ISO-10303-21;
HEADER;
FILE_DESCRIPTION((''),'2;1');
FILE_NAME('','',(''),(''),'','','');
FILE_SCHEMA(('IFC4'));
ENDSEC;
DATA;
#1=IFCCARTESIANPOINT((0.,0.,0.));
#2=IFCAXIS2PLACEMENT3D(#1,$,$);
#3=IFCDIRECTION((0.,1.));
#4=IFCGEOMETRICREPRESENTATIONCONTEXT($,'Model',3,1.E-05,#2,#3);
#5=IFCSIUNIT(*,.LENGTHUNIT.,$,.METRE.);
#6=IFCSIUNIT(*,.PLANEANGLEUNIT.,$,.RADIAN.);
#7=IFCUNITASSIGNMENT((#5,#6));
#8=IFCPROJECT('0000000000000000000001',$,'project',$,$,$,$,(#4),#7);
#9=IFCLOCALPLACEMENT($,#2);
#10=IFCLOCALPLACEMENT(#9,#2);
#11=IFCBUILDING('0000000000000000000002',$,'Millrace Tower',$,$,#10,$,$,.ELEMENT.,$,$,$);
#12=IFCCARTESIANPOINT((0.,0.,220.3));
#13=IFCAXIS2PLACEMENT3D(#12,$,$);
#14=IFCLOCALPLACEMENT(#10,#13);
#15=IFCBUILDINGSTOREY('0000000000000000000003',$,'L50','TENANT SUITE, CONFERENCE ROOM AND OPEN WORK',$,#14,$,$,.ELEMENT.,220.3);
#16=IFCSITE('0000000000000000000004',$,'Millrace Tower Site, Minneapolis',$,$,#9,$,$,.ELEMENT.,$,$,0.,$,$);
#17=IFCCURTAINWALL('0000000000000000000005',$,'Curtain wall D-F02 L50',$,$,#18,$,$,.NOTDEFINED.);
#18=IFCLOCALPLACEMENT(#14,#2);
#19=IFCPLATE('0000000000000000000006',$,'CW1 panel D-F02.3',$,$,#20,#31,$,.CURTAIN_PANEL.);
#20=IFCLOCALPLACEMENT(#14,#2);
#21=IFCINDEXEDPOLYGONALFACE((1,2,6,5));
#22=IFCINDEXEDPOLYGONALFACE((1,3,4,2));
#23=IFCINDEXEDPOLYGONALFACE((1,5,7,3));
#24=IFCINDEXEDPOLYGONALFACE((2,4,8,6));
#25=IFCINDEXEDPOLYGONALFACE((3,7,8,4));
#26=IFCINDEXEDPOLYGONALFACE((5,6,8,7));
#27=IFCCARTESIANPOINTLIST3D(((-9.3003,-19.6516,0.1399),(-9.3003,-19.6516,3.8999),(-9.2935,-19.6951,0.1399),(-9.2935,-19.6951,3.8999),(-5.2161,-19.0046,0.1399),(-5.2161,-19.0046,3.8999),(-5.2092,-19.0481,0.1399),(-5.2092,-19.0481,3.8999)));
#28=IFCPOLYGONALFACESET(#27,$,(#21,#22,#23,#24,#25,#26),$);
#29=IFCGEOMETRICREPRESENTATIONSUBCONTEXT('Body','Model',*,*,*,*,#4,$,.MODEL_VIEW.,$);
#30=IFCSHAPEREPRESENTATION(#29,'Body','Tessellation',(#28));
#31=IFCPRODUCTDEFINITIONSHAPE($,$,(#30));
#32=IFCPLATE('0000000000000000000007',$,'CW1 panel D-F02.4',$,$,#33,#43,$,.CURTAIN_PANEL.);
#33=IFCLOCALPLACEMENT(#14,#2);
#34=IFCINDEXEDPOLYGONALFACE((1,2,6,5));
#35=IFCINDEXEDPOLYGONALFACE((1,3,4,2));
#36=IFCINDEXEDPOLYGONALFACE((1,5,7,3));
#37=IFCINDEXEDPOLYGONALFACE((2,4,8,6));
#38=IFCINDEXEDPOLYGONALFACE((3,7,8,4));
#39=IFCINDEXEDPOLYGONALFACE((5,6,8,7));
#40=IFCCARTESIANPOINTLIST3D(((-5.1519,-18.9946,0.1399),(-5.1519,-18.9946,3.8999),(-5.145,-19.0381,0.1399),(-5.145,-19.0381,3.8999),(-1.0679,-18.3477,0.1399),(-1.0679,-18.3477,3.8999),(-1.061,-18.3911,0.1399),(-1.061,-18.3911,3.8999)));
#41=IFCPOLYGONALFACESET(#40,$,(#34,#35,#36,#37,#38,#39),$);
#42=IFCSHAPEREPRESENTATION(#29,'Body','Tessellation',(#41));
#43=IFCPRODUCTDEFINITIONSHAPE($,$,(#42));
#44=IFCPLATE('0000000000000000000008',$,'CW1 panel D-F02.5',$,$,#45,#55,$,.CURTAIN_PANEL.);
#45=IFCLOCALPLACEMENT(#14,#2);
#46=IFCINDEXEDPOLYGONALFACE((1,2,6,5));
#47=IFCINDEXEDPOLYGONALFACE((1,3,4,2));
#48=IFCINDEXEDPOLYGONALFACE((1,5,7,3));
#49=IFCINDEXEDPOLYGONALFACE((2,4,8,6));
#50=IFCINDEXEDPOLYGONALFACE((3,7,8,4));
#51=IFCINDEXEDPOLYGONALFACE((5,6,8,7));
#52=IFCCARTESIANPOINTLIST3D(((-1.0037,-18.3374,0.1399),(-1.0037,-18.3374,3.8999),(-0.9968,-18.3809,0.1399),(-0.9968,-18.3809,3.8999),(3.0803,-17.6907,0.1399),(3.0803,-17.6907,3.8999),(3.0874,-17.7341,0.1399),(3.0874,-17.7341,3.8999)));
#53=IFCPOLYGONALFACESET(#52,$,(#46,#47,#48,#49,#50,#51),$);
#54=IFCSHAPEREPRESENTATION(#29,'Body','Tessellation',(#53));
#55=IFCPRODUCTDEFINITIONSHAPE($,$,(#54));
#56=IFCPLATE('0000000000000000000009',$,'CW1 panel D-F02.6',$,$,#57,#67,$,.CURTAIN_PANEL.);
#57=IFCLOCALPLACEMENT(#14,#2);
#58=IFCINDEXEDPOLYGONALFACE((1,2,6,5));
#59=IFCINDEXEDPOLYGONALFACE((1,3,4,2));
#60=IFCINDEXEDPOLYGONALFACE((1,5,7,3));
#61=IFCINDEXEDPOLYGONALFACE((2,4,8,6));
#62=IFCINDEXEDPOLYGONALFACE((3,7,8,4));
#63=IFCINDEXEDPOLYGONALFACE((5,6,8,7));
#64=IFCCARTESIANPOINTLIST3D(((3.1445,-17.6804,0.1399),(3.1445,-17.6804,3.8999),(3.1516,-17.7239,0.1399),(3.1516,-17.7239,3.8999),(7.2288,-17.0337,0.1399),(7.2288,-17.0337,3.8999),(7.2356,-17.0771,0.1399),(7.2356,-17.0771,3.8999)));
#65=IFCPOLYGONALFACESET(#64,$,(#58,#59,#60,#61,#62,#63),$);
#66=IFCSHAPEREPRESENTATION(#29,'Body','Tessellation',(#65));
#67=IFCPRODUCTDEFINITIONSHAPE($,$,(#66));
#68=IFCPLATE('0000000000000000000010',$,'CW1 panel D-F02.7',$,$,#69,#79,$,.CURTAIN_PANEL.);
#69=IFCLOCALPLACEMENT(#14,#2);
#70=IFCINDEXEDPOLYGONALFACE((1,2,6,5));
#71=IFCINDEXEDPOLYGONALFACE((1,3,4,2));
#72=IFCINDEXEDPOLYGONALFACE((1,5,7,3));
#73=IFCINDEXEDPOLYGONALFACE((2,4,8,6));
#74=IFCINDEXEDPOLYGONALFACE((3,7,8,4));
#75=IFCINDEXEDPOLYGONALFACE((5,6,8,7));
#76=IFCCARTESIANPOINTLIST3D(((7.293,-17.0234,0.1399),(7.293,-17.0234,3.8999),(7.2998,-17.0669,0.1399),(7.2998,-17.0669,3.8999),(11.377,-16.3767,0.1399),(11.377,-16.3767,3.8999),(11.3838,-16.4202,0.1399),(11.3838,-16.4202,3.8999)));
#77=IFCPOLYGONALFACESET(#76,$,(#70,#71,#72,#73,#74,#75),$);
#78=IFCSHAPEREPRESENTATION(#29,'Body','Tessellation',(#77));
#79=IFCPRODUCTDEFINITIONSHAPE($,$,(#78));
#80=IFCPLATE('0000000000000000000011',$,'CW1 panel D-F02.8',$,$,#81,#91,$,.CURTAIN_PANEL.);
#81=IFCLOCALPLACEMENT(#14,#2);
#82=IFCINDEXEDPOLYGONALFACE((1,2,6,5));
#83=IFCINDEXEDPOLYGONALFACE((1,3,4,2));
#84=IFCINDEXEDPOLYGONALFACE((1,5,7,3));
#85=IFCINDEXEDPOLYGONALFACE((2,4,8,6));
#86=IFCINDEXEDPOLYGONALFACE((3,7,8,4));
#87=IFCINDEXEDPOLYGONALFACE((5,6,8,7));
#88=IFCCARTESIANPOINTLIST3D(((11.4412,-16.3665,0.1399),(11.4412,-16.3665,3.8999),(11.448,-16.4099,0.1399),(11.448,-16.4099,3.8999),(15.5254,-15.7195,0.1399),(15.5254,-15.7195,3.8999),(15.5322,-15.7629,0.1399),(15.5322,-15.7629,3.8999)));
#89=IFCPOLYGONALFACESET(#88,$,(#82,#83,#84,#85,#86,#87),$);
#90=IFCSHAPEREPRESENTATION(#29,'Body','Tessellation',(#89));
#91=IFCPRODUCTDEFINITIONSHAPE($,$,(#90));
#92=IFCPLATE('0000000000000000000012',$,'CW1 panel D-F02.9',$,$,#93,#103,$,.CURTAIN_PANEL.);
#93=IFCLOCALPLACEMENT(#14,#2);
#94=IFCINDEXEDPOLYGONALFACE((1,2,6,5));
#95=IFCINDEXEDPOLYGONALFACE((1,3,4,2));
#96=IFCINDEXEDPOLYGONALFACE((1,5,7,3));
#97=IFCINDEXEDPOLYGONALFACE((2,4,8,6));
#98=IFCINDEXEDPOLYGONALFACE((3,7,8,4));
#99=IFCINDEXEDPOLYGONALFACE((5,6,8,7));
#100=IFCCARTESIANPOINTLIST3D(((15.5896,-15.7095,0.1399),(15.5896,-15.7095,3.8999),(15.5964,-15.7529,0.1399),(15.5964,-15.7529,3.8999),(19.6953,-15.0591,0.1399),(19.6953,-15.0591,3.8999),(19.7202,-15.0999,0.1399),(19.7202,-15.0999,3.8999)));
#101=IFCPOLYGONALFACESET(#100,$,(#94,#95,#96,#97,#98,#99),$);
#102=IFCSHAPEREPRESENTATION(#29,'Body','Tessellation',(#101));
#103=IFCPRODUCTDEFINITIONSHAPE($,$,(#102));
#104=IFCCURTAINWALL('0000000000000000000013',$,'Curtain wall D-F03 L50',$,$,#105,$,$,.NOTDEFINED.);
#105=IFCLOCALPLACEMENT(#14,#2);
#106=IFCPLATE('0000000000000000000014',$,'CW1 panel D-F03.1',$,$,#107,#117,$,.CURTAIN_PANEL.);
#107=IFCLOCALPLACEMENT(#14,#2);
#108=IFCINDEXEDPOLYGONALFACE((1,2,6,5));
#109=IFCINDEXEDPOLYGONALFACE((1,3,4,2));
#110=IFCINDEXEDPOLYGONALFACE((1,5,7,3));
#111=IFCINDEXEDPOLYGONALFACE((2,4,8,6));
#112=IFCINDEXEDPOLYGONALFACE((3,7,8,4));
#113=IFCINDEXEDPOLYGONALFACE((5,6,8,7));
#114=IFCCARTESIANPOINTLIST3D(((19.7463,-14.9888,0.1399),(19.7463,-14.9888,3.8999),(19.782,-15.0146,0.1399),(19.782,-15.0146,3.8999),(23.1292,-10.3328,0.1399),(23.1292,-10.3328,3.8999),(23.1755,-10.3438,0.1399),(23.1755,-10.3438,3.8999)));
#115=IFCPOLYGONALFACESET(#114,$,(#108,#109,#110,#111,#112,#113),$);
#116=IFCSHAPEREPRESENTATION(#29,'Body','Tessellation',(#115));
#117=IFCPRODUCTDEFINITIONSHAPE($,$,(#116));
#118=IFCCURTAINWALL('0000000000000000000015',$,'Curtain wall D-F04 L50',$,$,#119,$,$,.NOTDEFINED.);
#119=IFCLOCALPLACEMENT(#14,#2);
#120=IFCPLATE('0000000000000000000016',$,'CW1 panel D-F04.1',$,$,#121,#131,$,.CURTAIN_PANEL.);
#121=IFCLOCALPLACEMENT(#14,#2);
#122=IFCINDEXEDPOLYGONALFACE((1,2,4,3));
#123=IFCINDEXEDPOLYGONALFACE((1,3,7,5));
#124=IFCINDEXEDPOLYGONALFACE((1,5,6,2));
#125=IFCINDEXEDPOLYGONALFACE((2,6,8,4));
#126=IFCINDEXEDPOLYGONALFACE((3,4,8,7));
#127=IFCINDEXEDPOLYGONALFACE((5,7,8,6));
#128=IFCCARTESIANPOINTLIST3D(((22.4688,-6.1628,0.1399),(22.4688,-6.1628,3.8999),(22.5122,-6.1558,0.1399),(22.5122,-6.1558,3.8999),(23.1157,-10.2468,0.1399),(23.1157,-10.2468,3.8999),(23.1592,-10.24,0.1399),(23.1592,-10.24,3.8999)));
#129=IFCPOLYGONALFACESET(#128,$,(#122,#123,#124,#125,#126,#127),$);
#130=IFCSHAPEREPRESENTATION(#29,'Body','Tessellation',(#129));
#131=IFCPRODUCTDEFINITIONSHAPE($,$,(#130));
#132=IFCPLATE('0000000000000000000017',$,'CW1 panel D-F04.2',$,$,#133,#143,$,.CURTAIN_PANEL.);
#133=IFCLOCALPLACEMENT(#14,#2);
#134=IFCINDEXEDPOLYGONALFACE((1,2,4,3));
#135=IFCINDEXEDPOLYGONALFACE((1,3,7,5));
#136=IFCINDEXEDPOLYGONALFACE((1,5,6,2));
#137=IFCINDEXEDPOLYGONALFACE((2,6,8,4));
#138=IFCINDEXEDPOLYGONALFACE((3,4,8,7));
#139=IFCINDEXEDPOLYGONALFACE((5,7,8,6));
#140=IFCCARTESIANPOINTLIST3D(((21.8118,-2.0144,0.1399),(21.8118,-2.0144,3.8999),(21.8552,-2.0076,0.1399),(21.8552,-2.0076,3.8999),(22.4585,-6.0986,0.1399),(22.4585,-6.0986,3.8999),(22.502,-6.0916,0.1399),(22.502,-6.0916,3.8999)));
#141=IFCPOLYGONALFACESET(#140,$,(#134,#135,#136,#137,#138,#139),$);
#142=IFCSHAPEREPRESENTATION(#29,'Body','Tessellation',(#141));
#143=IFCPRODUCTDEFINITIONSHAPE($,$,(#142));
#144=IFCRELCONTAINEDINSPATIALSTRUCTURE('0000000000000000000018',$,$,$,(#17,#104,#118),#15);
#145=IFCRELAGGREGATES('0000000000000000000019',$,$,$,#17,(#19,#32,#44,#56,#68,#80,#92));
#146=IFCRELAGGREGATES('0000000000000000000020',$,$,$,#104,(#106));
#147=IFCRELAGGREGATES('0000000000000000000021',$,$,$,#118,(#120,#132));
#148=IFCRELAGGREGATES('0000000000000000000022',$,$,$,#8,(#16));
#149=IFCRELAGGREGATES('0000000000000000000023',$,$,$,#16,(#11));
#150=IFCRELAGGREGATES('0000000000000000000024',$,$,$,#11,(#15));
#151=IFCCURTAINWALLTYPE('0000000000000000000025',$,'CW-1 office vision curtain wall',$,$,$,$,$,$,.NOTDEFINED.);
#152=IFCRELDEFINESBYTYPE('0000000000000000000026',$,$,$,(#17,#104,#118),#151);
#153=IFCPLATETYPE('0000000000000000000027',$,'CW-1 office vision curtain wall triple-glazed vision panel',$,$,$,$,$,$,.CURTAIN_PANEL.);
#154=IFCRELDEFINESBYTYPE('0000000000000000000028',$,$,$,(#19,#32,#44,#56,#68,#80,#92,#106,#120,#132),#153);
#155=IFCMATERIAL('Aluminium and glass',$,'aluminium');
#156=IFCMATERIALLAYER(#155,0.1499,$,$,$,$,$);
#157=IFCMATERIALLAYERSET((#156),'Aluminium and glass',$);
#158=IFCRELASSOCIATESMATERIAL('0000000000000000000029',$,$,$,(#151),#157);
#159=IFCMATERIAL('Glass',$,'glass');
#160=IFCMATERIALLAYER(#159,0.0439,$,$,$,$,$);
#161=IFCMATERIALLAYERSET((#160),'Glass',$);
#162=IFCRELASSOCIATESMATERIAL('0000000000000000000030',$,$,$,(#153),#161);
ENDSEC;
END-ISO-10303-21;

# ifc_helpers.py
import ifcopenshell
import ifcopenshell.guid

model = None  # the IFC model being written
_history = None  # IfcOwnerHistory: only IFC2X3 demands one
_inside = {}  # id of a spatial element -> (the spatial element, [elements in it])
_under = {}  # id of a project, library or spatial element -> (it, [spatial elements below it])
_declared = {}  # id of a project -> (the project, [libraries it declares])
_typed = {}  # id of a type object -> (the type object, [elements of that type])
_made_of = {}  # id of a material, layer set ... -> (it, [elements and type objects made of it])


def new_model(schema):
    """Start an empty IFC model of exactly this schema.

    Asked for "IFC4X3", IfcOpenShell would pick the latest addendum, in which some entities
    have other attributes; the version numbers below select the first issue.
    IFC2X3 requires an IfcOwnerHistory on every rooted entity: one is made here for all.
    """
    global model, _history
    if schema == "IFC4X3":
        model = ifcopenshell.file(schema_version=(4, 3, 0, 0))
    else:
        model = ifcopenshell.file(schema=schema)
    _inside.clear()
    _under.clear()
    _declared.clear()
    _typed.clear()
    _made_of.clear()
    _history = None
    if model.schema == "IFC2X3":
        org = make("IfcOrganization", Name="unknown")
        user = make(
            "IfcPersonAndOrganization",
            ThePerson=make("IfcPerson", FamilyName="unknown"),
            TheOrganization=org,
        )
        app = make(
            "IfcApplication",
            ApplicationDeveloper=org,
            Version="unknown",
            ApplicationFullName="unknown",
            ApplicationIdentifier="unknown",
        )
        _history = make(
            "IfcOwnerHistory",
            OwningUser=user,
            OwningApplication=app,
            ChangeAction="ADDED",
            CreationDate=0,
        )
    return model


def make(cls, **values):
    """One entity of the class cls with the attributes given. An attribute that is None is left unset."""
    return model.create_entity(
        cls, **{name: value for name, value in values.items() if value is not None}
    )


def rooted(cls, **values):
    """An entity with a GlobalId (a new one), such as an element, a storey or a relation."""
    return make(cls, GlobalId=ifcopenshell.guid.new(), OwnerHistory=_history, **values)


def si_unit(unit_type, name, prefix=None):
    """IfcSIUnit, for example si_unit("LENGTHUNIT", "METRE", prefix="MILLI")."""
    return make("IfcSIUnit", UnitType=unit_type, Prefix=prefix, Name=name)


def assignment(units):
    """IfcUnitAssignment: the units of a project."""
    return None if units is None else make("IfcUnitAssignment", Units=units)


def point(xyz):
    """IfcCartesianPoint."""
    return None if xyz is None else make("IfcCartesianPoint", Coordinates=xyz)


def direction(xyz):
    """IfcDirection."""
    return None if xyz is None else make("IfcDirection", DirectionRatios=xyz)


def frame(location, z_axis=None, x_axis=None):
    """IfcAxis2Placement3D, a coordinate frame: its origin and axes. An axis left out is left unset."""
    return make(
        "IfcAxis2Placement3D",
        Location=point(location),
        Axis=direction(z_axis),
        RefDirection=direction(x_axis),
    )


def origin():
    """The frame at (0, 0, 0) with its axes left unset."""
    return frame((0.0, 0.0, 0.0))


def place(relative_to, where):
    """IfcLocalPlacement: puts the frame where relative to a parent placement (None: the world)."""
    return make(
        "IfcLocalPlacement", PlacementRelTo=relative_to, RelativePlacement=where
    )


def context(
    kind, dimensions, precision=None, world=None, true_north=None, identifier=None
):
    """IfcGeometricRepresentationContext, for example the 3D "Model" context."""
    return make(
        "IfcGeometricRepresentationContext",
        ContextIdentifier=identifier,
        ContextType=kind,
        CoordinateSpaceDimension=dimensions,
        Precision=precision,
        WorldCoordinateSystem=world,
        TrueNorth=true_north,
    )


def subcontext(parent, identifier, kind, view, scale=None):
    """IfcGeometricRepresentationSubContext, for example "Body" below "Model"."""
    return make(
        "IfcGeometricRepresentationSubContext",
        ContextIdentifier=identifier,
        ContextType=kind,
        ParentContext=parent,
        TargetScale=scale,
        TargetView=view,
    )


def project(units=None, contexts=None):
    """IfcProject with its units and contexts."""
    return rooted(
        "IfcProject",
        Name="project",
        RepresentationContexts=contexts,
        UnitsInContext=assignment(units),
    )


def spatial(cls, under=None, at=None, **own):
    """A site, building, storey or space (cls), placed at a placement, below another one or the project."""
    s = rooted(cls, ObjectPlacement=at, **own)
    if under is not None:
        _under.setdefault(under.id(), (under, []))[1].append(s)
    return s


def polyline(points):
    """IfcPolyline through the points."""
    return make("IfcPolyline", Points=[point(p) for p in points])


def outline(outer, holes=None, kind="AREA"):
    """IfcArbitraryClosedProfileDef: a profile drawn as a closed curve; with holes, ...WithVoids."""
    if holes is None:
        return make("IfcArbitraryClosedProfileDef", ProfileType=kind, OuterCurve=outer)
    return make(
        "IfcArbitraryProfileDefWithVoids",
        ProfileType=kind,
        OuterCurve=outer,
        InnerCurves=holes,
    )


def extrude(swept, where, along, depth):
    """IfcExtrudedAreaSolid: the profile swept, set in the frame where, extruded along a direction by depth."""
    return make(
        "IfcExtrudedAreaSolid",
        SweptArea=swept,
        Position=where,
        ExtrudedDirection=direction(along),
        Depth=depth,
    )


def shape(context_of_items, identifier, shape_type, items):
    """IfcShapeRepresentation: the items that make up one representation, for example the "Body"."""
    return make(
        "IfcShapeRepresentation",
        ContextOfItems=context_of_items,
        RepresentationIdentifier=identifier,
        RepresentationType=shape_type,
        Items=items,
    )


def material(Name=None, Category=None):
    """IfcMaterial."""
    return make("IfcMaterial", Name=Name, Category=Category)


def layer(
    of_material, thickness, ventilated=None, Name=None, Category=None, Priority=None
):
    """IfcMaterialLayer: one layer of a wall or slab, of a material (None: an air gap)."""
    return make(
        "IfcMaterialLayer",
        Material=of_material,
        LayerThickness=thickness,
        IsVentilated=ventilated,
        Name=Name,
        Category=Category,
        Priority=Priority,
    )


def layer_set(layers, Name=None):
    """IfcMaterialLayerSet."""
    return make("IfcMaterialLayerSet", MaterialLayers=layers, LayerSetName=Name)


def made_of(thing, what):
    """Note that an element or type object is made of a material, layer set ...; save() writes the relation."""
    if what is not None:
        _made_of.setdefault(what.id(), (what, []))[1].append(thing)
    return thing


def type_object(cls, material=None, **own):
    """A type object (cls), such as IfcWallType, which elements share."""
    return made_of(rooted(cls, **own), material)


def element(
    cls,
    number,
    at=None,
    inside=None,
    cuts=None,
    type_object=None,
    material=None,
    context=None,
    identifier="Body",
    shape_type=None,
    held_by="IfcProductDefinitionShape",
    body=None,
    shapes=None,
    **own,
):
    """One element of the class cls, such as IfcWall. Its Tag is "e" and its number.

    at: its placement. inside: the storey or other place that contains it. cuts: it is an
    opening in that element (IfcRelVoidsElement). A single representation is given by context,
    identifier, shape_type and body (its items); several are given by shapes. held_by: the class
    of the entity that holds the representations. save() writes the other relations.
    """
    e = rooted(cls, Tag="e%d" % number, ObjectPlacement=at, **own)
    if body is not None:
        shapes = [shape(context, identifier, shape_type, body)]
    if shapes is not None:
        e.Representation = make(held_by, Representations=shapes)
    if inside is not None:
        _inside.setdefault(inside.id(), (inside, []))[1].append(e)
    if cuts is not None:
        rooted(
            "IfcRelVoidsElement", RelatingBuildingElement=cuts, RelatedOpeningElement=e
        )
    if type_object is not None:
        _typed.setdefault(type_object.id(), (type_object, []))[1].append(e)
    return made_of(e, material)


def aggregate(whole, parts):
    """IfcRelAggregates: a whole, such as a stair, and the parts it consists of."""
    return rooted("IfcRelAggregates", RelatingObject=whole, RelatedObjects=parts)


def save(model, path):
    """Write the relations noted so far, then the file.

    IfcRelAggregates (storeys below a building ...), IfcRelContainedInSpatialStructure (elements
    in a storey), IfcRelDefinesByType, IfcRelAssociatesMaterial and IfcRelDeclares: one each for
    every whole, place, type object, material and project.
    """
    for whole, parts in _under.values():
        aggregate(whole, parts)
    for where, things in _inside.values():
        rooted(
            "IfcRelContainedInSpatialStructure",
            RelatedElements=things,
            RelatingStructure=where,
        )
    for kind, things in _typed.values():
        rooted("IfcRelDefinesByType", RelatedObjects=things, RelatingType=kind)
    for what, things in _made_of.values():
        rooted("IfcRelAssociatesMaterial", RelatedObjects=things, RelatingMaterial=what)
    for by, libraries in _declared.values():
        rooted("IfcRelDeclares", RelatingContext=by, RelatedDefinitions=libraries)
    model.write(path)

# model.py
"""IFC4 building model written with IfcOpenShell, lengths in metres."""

from ifc_helpers import new_model, si_unit, direction, frame, origin, place, context, subcontext, project, spatial, polyline, outline, extrude, material, layer, layer_set, type_object, element, aggregate, save


model = new_model("IFC4")

# Units and contexts
model_context = context("Model", 3, precision=1e-05, world=origin(), true_north=direction((0.0, 1.0)))
body_context = subcontext(model_context, "Body", "Model", "MODEL_VIEW")
ifc_project = project(units=[si_unit("LENGTHUNIT", "METRE"), si_unit("PLANEANGLEUNIT", "RADIAN")], contexts=[model_context])

# Site, building, storey
site_placement = place(None, origin())
site = spatial("IfcSite", under=ifc_project, at=site_placement, Name="Millrace Tower Site, Minneapolis", CompositionType="ELEMENT", RefElevation=0.0)
building_placement = place(site_placement, origin())
building = spatial("IfcBuilding", under=site, at=building_placement, Name="Millrace Tower", CompositionType="ELEMENT")
storey_placement = place(building_placement, frame((0.0, 0.0, 220.3)))
storey = spatial("IfcBuildingStorey", under=building, at=storey_placement, Name="L50", Description="TENANT SUITE, CONFERENCE ROOM AND OPEN WORK", CompositionType="ELEMENT", Elevation=220.3)

# Shared definitions
ifc_material_1 = material(Name="Aluminium and glass", Category="aluminium")
ifc_layer_1 = layer(ifc_material_1, 0.1499)
ifc_layer_set_1 = layer_set([ifc_layer_1], Name="Aluminium and glass")
curtain_wall_type = type_object("IfcCurtainWallType", Name="CW-1 office vision curtain wall", PredefinedType="NOTDEFINED", material=ifc_layer_set_1)
placement_1 = place(storey_placement, origin())
ifc_material_2 = material(Name="Glass", Category="glass")
ifc_layer_2 = layer(ifc_material_2, 0.0439)
ifc_layer_set_2 = layer_set([ifc_layer_2], Name="Glass")
plate_type = type_object("IfcPlateType", Name="CW-1 office vision curtain wall triple-glazed vision panel", PredefinedType="CURTAIN_PANEL", material=ifc_layer_set_2)
placement_2 = place(storey_placement, frame((0.0, 0.0, 0.1399)))

# Curtain wall, plates
curtain_wall_1 = element("IfcCurtainWall", 1, at=placement_1, inside=storey, type_object=curtain_wall_type, Name="Curtain wall D-F02 L50", PredefinedType="NOTDEFINED")
plate_1 = element("IfcPlate", 2, at=placement_2, type_object=plate_type, Name="CW1 panel D-F02.3", PredefinedType="CURTAIN_PANEL", context=body_context, shape_type="SweptSolid", body=[
    extrude(outline(polyline([(-9.2935, -19.6951), (-5.2092, -19.0481), (-5.2161, -19.0046), (-9.3003, -19.6516), (-9.2935, -19.6951)])), origin(), (0.0, 0.0, 1.0), 3.76),
])
plate_2 = element("IfcPlate", 3, at=placement_2, type_object=plate_type, Name="CW1 panel D-F02.4", PredefinedType="CURTAIN_PANEL", context=body_context, shape_type="SweptSolid", body=[
    extrude(outline(polyline([(-5.145, -19.0381), (-1.061, -18.3911), (-1.0679, -18.3477), (-5.1519, -18.9946), (-5.145, -19.0381)])), origin(), (0.0, 0.0, 1.0), 3.76),
])
plate_3 = element("IfcPlate", 4, at=placement_2, type_object=plate_type, Name="CW1 panel D-F02.5", PredefinedType="CURTAIN_PANEL", context=body_context, shape_type="SweptSolid", body=[
    extrude(outline(polyline([(-0.9968, -18.3809), (3.0874, -17.7341), (3.0803, -17.6907), (-1.0037, -18.3374), (-0.9968, -18.3809)])), origin(), (0.0, 0.0, 1.0), 3.76),
])
plate_4 = element("IfcPlate", 5, at=placement_2, type_object=plate_type, Name="CW1 panel D-F02.6", PredefinedType="CURTAIN_PANEL", context=body_context, shape_type="SweptSolid", body=[
    extrude(outline(polyline([(3.1516, -17.7239), (7.2356, -17.0771), (7.2288, -17.0337), (3.1445, -17.6804), (3.1516, -17.7239)])), origin(), (0.0, 0.0, 1.0), 3.76),
])
plate_5 = element("IfcPlate", 6, at=placement_2, type_object=plate_type, Name="CW1 panel D-F02.7", PredefinedType="CURTAIN_PANEL", context=body_context, shape_type="SweptSolid", body=[
    extrude(outline(polyline([(7.2998, -17.0669), (11.3838, -16.4202), (11.377, -16.3767), (7.293, -17.0234), (7.2998, -17.0669)])), origin(), (0.0, 0.0, 1.0), 3.76),
])
plate_6 = element("IfcPlate", 7, at=placement_2, type_object=plate_type, Name="CW1 panel D-F02.8", PredefinedType="CURTAIN_PANEL", context=body_context, shape_type="SweptSolid", body=[
    extrude(outline(polyline([(11.448, -16.4099), (15.5322, -15.7629), (15.5254, -15.7195), (11.4412, -16.3665), (11.448, -16.4099)])), origin(), (0.0, 0.0, 1.0), 3.76),
])
plate_7 = element("IfcPlate", 8, at=placement_2, type_object=plate_type, Name="CW1 panel D-F02.9", PredefinedType="CURTAIN_PANEL", context=body_context, shape_type="SweptSolid", body=[
    extrude(outline(polyline([(15.5964, -15.7529), (19.7202, -15.0999), (19.6953, -15.0591), (15.5896, -15.7095), (15.5964, -15.7529)])), origin(), (0.0, 0.0, 1.0), 3.76),
])
aggregate(curtain_wall_1, [plate_1, plate_2, plate_3, plate_4, plate_5, plate_6, plate_7])

# Curtain wall, plate
curtain_wall_2 = element("IfcCurtainWall", 9, at=placement_1, inside=storey, type_object=curtain_wall_type, Name="Curtain wall D-F03 L50", PredefinedType="NOTDEFINED")
plate_8 = element("IfcPlate", 10, at=placement_2, type_object=plate_type, Name="CW1 panel D-F03.1", PredefinedType="CURTAIN_PANEL", context=body_context, shape_type="SweptSolid", body=[
    extrude(outline(polyline([(19.782, -15.0146), (23.1755, -10.3438), (23.1292, -10.3328), (19.7463, -14.9888), (19.782, -15.0146)])), origin(), (0.0, 0.0, 1.0), 3.76),
])
aggregate(curtain_wall_2, [plate_8])

# Curtain wall, plates
curtain_wall_3 = element("IfcCurtainWall", 11, at=placement_1, inside=storey, type_object=curtain_wall_type, Name="Curtain wall D-F04 L50", PredefinedType="NOTDEFINED")
plate_9 = element("IfcPlate", 12, at=placement_2, type_object=plate_type, Name="CW1 panel D-F04.1", PredefinedType="CURTAIN_PANEL", context=body_context, shape_type="SweptSolid", body=[
    extrude(outline(polyline([(23.1592, -10.24), (22.5122, -6.1558), (22.4688, -6.1628), (23.1157, -10.2468), (23.1592, -10.24)])), origin(), (0.0, 0.0, 1.0), 3.76),
])
plate_10 = element("IfcPlate", 13, at=placement_2, type_object=plate_type, Name="CW1 panel D-F04.2", PredefinedType="CURTAIN_PANEL", context=body_context, shape_type="SweptSolid", body=[
    extrude(outline(polyline([(22.502, -6.0916), (21.8552, -2.0076), (21.8118, -2.0144), (22.4585, -6.0986), (22.502, -6.0916)])), origin(), (0.0, 0.0, 1.0), 3.76),
])
aggregate(curtain_wall_3, [plate_9, plate_10])

save(model, "model.ifc")
